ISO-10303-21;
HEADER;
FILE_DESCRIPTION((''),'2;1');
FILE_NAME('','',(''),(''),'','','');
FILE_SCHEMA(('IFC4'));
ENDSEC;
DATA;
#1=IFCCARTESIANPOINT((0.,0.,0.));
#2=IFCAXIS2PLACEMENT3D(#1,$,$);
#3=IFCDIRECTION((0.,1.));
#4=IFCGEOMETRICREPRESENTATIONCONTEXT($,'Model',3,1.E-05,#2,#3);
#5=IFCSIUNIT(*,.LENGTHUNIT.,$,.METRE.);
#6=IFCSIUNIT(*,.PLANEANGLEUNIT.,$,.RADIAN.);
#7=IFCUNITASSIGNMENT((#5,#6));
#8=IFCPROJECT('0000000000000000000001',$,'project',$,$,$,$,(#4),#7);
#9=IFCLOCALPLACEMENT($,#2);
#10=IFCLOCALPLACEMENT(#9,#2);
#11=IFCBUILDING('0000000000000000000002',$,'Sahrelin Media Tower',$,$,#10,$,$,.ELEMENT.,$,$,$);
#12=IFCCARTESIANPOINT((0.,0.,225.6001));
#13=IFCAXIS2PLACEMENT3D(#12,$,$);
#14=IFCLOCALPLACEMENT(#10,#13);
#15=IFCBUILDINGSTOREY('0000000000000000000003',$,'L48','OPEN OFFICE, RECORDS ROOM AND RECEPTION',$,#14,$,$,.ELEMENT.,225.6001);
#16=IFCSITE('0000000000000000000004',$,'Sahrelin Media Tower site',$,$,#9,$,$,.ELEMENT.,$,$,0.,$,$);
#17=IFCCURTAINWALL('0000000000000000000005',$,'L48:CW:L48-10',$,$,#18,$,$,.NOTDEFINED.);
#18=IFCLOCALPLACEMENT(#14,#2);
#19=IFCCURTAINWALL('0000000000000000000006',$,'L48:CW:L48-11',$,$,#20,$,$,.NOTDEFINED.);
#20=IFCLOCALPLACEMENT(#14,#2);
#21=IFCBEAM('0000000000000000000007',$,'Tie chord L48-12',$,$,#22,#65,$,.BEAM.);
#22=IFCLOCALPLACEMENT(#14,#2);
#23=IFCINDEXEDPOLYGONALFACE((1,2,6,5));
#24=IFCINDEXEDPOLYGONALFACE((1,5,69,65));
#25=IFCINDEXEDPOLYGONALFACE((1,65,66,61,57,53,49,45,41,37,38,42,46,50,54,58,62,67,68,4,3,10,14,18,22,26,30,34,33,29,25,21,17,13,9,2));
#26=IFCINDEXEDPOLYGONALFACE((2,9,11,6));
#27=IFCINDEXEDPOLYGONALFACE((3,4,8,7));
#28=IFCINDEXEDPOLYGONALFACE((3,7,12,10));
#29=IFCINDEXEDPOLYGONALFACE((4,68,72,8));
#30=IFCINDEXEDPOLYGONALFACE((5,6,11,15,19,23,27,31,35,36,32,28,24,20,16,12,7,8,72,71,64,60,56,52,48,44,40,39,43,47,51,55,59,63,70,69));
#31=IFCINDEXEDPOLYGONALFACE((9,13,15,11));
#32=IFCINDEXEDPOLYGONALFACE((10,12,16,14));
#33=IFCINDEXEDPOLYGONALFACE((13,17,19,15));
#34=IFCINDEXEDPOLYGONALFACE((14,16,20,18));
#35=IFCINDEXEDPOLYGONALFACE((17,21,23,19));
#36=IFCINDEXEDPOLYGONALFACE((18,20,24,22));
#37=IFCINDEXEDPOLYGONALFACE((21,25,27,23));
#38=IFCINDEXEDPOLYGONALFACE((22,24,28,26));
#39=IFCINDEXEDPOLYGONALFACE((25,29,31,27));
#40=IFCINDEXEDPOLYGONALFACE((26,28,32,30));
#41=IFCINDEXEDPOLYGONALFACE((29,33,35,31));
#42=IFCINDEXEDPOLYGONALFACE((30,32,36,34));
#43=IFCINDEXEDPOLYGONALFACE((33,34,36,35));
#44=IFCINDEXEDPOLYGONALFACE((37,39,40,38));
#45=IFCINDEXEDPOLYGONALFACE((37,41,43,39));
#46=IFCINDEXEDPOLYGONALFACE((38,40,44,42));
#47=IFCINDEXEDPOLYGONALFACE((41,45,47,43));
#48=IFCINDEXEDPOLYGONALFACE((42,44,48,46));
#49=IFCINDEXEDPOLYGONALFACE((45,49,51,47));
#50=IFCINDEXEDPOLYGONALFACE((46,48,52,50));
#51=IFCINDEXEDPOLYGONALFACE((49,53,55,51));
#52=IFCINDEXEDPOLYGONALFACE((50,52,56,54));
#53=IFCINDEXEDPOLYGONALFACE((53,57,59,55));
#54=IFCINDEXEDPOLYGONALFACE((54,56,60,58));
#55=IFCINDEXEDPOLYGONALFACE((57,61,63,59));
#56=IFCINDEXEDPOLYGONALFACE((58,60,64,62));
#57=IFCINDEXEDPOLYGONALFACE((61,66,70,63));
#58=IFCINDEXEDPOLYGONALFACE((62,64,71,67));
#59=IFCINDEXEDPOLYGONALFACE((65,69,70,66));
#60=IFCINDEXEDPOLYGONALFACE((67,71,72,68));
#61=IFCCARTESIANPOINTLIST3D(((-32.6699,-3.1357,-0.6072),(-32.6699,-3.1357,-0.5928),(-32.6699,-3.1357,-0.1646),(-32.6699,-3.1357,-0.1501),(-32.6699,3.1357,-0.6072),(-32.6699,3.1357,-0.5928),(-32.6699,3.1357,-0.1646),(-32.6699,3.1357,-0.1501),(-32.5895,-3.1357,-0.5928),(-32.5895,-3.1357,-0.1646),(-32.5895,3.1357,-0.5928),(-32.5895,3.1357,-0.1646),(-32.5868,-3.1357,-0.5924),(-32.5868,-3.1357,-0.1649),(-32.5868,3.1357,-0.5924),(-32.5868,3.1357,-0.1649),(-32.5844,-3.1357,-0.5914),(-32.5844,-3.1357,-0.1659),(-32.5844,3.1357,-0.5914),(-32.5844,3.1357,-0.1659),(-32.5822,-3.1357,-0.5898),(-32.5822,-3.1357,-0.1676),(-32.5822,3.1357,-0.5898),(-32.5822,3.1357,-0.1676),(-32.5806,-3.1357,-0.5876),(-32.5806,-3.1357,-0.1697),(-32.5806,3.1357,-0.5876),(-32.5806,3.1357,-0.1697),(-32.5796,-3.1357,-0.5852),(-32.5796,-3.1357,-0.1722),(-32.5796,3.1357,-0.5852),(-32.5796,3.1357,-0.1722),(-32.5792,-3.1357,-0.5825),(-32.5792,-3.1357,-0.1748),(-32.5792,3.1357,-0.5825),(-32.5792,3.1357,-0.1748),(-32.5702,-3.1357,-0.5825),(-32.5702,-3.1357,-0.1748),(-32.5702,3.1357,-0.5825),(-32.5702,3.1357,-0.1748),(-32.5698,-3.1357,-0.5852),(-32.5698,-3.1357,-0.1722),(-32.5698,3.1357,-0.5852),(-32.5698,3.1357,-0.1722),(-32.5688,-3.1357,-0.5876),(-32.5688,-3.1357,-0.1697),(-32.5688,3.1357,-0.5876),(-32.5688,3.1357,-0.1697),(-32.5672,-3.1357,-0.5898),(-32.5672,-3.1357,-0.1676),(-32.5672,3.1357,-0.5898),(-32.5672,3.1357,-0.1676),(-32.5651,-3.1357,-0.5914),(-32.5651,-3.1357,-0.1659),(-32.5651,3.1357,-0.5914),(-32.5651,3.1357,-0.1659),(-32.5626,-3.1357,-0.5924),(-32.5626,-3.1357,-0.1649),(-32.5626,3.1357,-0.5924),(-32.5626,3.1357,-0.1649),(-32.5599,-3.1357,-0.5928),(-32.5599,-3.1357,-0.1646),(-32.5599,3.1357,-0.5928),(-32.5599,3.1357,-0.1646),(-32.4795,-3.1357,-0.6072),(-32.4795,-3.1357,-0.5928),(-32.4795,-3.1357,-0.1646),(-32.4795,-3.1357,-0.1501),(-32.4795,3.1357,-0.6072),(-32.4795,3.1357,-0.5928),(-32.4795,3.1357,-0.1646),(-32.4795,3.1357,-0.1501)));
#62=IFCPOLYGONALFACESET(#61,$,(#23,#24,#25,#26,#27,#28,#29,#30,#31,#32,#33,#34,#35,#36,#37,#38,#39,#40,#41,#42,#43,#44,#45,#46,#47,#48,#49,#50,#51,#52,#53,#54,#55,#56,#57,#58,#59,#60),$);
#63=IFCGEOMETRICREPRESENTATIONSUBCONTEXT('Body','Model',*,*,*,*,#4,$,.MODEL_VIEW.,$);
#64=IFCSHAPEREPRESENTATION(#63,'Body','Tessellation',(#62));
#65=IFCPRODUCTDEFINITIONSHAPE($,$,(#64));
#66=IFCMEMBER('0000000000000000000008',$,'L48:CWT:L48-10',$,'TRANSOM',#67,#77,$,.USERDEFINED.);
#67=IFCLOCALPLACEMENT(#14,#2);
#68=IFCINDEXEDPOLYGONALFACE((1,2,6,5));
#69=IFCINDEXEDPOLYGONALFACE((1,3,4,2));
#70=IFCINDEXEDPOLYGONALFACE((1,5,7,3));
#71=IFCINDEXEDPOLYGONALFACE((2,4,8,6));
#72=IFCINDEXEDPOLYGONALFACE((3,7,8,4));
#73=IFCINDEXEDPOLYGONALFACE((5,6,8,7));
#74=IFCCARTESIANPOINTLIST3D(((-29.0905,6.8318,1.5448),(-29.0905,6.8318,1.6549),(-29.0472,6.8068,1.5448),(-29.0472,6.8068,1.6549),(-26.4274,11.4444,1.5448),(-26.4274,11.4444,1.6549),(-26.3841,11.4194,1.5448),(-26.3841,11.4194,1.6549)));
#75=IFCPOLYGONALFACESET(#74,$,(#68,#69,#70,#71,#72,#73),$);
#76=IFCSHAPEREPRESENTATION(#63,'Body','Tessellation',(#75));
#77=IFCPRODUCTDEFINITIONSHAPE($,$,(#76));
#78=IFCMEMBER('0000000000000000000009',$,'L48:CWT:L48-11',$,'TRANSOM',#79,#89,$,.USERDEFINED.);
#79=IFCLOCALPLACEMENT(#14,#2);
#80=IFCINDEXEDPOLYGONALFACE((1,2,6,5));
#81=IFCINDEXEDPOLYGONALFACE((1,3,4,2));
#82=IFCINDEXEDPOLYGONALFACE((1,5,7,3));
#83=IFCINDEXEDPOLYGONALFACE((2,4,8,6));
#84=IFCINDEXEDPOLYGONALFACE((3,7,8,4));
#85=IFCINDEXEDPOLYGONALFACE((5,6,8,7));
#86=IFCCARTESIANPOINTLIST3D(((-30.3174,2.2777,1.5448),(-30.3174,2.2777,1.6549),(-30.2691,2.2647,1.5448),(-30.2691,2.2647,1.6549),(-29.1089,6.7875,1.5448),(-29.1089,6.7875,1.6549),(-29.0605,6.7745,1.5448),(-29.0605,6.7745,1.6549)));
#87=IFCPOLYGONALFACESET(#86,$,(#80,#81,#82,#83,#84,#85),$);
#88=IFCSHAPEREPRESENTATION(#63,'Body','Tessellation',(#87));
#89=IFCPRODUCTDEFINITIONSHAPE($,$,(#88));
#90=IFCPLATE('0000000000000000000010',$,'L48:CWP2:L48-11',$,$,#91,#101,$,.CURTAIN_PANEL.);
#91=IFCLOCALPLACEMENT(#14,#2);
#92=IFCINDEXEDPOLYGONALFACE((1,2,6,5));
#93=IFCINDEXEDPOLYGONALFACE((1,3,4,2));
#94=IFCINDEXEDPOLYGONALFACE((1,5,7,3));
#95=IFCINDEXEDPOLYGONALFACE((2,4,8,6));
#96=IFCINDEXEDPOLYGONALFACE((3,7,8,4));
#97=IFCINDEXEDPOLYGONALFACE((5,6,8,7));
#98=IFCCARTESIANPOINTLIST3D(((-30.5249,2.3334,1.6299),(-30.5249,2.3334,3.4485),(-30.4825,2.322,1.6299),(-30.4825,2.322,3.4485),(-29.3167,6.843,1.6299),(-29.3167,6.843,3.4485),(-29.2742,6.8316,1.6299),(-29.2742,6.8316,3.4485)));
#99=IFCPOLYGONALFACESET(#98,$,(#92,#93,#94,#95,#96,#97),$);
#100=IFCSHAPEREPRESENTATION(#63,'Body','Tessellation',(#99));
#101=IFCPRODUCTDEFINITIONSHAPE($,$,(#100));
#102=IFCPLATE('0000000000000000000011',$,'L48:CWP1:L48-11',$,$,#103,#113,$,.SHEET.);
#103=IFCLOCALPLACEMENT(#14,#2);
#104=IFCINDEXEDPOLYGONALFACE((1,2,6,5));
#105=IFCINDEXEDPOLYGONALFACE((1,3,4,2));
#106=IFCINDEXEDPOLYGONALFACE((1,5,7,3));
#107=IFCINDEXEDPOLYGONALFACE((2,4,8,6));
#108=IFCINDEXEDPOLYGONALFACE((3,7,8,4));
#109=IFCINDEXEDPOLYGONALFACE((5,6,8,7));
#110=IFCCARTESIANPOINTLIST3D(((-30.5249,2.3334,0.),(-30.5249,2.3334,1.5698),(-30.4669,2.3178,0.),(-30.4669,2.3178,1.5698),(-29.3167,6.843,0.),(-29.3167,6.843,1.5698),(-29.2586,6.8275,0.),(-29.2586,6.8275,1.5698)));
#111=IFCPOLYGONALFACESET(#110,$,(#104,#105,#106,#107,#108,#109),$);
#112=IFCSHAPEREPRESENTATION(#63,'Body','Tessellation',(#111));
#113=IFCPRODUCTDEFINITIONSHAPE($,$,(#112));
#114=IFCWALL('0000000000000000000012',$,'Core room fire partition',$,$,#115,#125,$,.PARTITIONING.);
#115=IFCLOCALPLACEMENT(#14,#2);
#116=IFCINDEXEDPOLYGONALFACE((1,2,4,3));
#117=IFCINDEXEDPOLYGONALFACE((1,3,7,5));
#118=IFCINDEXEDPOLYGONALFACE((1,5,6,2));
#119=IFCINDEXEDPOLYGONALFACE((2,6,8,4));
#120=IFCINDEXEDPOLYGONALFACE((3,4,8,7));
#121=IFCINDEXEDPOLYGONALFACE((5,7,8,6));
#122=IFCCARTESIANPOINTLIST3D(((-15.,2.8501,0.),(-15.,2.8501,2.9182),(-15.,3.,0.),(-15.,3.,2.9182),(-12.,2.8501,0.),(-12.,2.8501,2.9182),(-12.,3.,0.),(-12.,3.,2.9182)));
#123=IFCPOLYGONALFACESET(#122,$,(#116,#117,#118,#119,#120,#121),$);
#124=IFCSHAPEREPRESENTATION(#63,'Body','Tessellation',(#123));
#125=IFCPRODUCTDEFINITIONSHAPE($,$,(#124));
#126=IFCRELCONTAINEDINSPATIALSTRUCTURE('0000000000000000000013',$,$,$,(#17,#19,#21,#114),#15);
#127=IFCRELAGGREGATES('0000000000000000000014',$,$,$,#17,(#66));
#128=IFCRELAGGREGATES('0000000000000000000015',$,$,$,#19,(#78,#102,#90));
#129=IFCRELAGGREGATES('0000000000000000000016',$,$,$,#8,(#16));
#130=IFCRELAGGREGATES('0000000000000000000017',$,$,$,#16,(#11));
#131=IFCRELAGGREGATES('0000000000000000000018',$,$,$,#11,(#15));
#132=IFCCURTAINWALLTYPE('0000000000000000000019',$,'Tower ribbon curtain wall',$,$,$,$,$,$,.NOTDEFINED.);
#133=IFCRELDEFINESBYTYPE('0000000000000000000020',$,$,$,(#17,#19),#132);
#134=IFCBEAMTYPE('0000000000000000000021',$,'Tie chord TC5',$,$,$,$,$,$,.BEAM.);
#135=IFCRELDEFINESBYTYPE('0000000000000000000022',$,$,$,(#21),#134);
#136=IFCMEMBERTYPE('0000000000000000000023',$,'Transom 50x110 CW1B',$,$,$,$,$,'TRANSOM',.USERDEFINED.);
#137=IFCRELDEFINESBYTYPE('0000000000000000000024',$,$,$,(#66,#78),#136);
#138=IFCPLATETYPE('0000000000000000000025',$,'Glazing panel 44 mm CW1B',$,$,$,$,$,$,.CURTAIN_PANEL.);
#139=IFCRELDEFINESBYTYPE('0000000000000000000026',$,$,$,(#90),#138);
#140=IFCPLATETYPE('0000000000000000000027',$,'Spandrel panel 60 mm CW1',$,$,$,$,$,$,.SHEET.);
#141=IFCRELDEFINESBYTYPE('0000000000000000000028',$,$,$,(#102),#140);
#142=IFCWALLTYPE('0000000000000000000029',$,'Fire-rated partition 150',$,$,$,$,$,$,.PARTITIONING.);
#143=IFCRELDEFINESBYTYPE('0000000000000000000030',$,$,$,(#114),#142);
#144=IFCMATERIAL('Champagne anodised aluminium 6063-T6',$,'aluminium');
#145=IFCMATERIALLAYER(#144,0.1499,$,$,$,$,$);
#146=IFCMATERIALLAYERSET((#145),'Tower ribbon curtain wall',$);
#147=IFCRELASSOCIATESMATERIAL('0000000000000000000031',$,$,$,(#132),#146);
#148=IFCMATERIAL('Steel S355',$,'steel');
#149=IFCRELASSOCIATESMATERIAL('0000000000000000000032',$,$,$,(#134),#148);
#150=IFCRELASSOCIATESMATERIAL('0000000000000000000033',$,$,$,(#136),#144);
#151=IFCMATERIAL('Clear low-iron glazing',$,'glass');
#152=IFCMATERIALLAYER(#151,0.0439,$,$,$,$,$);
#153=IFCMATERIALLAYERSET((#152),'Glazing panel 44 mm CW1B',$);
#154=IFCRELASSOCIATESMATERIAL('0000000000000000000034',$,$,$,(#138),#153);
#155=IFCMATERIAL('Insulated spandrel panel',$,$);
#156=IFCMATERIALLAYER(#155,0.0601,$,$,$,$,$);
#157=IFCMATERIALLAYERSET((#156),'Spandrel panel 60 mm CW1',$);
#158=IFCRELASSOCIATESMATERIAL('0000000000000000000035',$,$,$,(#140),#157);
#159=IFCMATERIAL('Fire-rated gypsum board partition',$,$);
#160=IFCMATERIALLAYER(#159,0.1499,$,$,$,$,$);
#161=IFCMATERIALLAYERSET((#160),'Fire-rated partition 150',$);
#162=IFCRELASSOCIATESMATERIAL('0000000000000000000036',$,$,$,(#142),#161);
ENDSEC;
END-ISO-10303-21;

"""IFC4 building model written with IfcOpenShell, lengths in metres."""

from ifc_helpers import new_model, si_unit, direction, frame, frame_2d, origin, origin_2d, place, context, subcontext, project, spatial, polyline, rectangle, i_section, outline, extrude, material, layer, layer_set, material_profile, profile_set, type_object, element, aggregate, save


model = new_model("IFC4")

# Units and contexts
model_context = context("Model", 3, precision=1e-05, world=origin(), true_north=direction((0.0, 1.0)))
body_context = subcontext(model_context, "Body", "Model", "MODEL_VIEW")
ifc_project = project(units=[si_unit("LENGTHUNIT", "METRE"), si_unit("PLANEANGLEUNIT", "RADIAN")], contexts=[model_context])

# Site, building, storey
site_placement = place(None, origin())
site = spatial("IfcSite", under=ifc_project, at=site_placement, Name="Sahrelin Media Tower site", CompositionType="ELEMENT", RefElevation=0.0)
building_placement = place(site_placement, origin())
building = spatial("IfcBuilding", under=site, at=building_placement, Name="Sahrelin Media Tower", CompositionType="ELEMENT")
storey_placement = place(building_placement, frame((0.0, 0.0, 225.6001)))
storey = spatial("IfcBuildingStorey", under=building, at=storey_placement, Name="L48", Description="OPEN OFFICE, RECORDS ROOM AND RECEPTION", CompositionType="ELEMENT", Elevation=225.6001)

# Shared definitions
ifc_material_1 = material(Name="Steel S355", Category="steel")

# Curtain walls
ifc_material_2 = material(Name="Champagne anodised aluminium 6063-T6", Category="aluminium")
ifc_layer_1 = layer(ifc_material_2, 0.1499)
ifc_layer_set_1 = layer_set([ifc_layer_1], Name="Tower ribbon curtain wall")
curtain_wall_type = type_object("IfcCurtainWallType", Name="Tower ribbon curtain wall", PredefinedType="NOTDEFINED", material=ifc_layer_set_1)
curtain_wall_1_placement = place(storey_placement, frame((-27.9277, 9.2356, 0.0), z_axis=(0.0, 0.0, 1.0), x_axis=(1.0, 0.0, 0.0)))
curtain_wall_1 = element("IfcCurtainWall", 1, at=curtain_wall_1_placement, inside=storey, type_object=curtain_wall_type, Name="L48:CW:L48-10", PredefinedType="NOTDEFINED")
curtain_wall_2_placement = place(storey_placement, frame((-29.9016, 4.583, 0.0), z_axis=(0.0, 0.0, 1.0), x_axis=(1.0, 0.0, 0.0)))
curtain_wall_2 = element("IfcCurtainWall", 2, at=curtain_wall_2_placement, inside=storey, type_object=curtain_wall_type, Name="L48:CW:L48-11", PredefinedType="NOTDEFINED")

# Beam
ifc_material_profile_1 = material_profile(ifc_material_1, i_section(OverallWidth=0.1904, OverallDepth=0.457, WebThickness=0.009, FlangeThickness=0.0144, FilletRadius=0.0103, at=origin_2d()), Name="UB 457x191x74")
ifc_profile_set_1 = profile_set([ifc_material_profile_1], Name="Steel S355")
beam_type_1 = type_object("IfcBeamType", Name="Tie chord TC5", PredefinedType="BEAM", material=ifc_profile_set_1)
beam_1_placement = place(storey_placement, frame((-32.5747, 3.1357, -0.3787), z_axis=(0.0, -1.0, 0.0), x_axis=(1.0, 0.0, 0.0)))
element("IfcBeam", 3, at=beam_1_placement, inside=storey, type_object=beam_type_1, Name="Tie chord L48-12", PredefinedType="BEAM", context=body_context, shape_type="SweptSolid", body=[
    extrude(i_section(OverallWidth=0.1904, OverallDepth=0.457, WebThickness=0.009, FlangeThickness=0.0144, FilletRadius=0.0103, at=origin_2d()), origin(), (0.0, 0.0, 1.0), 6.2715),
])

# Members
ifc_material_profile_2 = material_profile(ifc_material_2, rectangle(XDim=0.05, YDim=0.1101, at=origin_2d()), Name="Transom 50x110")
ifc_profile_set_2 = profile_set([ifc_material_profile_2], Name="Champagne anodised aluminium 6063-T6")
member_type_1 = type_object("IfcMemberType", Name="Transom 50x110 CW1B", ElementType="TRANSOM", PredefinedType="USERDEFINED", material=ifc_profile_set_2)
member_1_placement = place(storey_placement, frame((-26.4058, 11.4319, 1.5999), z_axis=(-0.500004, -0.866023, 0.0), x_axis=(0.866023, -0.500004, 0.0)))
member_1 = element("IfcMember", 4, at=member_1_placement, type_object=member_type_1, Name="L48:CWT:L48-10", ObjectType="TRANSOM", PredefinedType="USERDEFINED", context=body_context, shape_type="SweptSolid", body=[
    extrude(rectangle(XDim=0.05, YDim=0.1101, at=origin_2d()), origin(), (0.0, 0.0, 1.0), 5.3262),
])
aggregate(curtain_wall_1, [member_1])
member_2_placement = place(storey_placement, frame((-29.0847, 6.781, 1.5999), z_axis=(-0.258841, -0.96592, 0.0), x_axis=(0.96592, -0.258841, 0.0)))
member_2 = element("IfcMember", 5, at=member_2_placement, type_object=member_type_1, Name="L48:CWT:L48-11", ObjectType="TRANSOM", PredefinedType="USERDEFINED", context=body_context, shape_type="SweptSolid", body=[
    extrude(rectangle(XDim=0.05, YDim=0.1101, at=origin_2d()), origin(), (0.0, 0.0, 1.0), 4.6689),
])

# Plates
ifc_material_3 = material(Name="Clear low-iron glazing", Category="glass")
ifc_layer_2 = layer(ifc_material_3, 0.0439)
ifc_layer_set_2 = layer_set([ifc_layer_2], Name="Glazing panel 44 mm CW1B")
plate_type_1 = type_object("IfcPlateType", Name="Glazing panel 44 mm CW1B", PredefinedType="CURTAIN_PANEL", material=ifc_layer_set_2)
plate_1_placement = place(storey_placement, frame((-29.3167, 6.843, 1.6299), z_axis=(-0.96593, 0.258805, 0.0), x_axis=(-0.258805, -0.96593, 0.0)))
plate_1 = element("IfcPlate", 6, at=plate_1_placement, type_object=plate_type_1, Name="L48:CWP2:L48-11", PredefinedType="CURTAIN_PANEL", context=body_context, shape_type="SweptSolid", body=[
    extrude(outline(polyline([(0.0, 0.0), (4.6687, 0.0), (4.6687, 1.8186), (0.0, 1.8186), (0.0, 0.0)])), origin(), (0.0, 0.0, -1.0), 0.0439),
])
ifc_material_4 = material(Name="Insulated spandrel panel")
ifc_layer_3 = layer(ifc_material_4, 0.0601)
ifc_layer_set_3 = layer_set([ifc_layer_3], Name="Spandrel panel 60 mm CW1")
plate_type_2 = type_object("IfcPlateType", Name="Spandrel panel 60 mm CW1", PredefinedType="SHEET", material=ifc_layer_set_3)
plate_2_placement = place(storey_placement, frame((-29.3167, 6.843, 0.0), z_axis=(-0.96593, 0.258805, 0.0), x_axis=(-0.258805, -0.96593, 0.0)))
plate_2 = element("IfcPlate", 7, at=plate_2_placement, type_object=plate_type_2, Name="L48:CWP1:L48-11", PredefinedType="SHEET", context=body_context, shape_type="SweptSolid", body=[
    extrude(outline(polyline([(0.0, 0.0), (4.6687, 0.0), (4.6687, 1.5698), (0.0, 1.5698), (0.0, 0.0)])), origin(), (0.0, 0.0, -1.0), 0.0601),
])
aggregate(curtain_wall_2, [member_2, plate_2, plate_1])

# Wall
ifc_material_5 = material(Name="Fire-rated gypsum board partition")
ifc_layer_4 = layer(ifc_material_5, 0.1499)
ifc_layer_set_4 = layer_set([ifc_layer_4], Name="Fire-rated partition 150")
wall_type_1 = type_object("IfcWallType", Name="Fire-rated partition 150", PredefinedType="PARTITIONING", material=ifc_layer_set_4)
wall_1_placement = place(storey_placement, frame((-15.0, 2.925, 0.0), z_axis=(0.0, 0.0, 1.0), x_axis=(1.0, 0.0, 0.0)))
element("IfcWall", 8, at=wall_1_placement, inside=storey, type_object=wall_type_1, Name="Core room fire partition", PredefinedType="PARTITIONING", context=body_context, shape_type="SweptSolid", body=[
    extrude(rectangle(XDim=3.0, YDim=0.1499, at=frame_2d((1.5, 0.0))), origin(), (0.0, 0.0, 1.0), 2.9182),
])

save(model, "model.ifc")
